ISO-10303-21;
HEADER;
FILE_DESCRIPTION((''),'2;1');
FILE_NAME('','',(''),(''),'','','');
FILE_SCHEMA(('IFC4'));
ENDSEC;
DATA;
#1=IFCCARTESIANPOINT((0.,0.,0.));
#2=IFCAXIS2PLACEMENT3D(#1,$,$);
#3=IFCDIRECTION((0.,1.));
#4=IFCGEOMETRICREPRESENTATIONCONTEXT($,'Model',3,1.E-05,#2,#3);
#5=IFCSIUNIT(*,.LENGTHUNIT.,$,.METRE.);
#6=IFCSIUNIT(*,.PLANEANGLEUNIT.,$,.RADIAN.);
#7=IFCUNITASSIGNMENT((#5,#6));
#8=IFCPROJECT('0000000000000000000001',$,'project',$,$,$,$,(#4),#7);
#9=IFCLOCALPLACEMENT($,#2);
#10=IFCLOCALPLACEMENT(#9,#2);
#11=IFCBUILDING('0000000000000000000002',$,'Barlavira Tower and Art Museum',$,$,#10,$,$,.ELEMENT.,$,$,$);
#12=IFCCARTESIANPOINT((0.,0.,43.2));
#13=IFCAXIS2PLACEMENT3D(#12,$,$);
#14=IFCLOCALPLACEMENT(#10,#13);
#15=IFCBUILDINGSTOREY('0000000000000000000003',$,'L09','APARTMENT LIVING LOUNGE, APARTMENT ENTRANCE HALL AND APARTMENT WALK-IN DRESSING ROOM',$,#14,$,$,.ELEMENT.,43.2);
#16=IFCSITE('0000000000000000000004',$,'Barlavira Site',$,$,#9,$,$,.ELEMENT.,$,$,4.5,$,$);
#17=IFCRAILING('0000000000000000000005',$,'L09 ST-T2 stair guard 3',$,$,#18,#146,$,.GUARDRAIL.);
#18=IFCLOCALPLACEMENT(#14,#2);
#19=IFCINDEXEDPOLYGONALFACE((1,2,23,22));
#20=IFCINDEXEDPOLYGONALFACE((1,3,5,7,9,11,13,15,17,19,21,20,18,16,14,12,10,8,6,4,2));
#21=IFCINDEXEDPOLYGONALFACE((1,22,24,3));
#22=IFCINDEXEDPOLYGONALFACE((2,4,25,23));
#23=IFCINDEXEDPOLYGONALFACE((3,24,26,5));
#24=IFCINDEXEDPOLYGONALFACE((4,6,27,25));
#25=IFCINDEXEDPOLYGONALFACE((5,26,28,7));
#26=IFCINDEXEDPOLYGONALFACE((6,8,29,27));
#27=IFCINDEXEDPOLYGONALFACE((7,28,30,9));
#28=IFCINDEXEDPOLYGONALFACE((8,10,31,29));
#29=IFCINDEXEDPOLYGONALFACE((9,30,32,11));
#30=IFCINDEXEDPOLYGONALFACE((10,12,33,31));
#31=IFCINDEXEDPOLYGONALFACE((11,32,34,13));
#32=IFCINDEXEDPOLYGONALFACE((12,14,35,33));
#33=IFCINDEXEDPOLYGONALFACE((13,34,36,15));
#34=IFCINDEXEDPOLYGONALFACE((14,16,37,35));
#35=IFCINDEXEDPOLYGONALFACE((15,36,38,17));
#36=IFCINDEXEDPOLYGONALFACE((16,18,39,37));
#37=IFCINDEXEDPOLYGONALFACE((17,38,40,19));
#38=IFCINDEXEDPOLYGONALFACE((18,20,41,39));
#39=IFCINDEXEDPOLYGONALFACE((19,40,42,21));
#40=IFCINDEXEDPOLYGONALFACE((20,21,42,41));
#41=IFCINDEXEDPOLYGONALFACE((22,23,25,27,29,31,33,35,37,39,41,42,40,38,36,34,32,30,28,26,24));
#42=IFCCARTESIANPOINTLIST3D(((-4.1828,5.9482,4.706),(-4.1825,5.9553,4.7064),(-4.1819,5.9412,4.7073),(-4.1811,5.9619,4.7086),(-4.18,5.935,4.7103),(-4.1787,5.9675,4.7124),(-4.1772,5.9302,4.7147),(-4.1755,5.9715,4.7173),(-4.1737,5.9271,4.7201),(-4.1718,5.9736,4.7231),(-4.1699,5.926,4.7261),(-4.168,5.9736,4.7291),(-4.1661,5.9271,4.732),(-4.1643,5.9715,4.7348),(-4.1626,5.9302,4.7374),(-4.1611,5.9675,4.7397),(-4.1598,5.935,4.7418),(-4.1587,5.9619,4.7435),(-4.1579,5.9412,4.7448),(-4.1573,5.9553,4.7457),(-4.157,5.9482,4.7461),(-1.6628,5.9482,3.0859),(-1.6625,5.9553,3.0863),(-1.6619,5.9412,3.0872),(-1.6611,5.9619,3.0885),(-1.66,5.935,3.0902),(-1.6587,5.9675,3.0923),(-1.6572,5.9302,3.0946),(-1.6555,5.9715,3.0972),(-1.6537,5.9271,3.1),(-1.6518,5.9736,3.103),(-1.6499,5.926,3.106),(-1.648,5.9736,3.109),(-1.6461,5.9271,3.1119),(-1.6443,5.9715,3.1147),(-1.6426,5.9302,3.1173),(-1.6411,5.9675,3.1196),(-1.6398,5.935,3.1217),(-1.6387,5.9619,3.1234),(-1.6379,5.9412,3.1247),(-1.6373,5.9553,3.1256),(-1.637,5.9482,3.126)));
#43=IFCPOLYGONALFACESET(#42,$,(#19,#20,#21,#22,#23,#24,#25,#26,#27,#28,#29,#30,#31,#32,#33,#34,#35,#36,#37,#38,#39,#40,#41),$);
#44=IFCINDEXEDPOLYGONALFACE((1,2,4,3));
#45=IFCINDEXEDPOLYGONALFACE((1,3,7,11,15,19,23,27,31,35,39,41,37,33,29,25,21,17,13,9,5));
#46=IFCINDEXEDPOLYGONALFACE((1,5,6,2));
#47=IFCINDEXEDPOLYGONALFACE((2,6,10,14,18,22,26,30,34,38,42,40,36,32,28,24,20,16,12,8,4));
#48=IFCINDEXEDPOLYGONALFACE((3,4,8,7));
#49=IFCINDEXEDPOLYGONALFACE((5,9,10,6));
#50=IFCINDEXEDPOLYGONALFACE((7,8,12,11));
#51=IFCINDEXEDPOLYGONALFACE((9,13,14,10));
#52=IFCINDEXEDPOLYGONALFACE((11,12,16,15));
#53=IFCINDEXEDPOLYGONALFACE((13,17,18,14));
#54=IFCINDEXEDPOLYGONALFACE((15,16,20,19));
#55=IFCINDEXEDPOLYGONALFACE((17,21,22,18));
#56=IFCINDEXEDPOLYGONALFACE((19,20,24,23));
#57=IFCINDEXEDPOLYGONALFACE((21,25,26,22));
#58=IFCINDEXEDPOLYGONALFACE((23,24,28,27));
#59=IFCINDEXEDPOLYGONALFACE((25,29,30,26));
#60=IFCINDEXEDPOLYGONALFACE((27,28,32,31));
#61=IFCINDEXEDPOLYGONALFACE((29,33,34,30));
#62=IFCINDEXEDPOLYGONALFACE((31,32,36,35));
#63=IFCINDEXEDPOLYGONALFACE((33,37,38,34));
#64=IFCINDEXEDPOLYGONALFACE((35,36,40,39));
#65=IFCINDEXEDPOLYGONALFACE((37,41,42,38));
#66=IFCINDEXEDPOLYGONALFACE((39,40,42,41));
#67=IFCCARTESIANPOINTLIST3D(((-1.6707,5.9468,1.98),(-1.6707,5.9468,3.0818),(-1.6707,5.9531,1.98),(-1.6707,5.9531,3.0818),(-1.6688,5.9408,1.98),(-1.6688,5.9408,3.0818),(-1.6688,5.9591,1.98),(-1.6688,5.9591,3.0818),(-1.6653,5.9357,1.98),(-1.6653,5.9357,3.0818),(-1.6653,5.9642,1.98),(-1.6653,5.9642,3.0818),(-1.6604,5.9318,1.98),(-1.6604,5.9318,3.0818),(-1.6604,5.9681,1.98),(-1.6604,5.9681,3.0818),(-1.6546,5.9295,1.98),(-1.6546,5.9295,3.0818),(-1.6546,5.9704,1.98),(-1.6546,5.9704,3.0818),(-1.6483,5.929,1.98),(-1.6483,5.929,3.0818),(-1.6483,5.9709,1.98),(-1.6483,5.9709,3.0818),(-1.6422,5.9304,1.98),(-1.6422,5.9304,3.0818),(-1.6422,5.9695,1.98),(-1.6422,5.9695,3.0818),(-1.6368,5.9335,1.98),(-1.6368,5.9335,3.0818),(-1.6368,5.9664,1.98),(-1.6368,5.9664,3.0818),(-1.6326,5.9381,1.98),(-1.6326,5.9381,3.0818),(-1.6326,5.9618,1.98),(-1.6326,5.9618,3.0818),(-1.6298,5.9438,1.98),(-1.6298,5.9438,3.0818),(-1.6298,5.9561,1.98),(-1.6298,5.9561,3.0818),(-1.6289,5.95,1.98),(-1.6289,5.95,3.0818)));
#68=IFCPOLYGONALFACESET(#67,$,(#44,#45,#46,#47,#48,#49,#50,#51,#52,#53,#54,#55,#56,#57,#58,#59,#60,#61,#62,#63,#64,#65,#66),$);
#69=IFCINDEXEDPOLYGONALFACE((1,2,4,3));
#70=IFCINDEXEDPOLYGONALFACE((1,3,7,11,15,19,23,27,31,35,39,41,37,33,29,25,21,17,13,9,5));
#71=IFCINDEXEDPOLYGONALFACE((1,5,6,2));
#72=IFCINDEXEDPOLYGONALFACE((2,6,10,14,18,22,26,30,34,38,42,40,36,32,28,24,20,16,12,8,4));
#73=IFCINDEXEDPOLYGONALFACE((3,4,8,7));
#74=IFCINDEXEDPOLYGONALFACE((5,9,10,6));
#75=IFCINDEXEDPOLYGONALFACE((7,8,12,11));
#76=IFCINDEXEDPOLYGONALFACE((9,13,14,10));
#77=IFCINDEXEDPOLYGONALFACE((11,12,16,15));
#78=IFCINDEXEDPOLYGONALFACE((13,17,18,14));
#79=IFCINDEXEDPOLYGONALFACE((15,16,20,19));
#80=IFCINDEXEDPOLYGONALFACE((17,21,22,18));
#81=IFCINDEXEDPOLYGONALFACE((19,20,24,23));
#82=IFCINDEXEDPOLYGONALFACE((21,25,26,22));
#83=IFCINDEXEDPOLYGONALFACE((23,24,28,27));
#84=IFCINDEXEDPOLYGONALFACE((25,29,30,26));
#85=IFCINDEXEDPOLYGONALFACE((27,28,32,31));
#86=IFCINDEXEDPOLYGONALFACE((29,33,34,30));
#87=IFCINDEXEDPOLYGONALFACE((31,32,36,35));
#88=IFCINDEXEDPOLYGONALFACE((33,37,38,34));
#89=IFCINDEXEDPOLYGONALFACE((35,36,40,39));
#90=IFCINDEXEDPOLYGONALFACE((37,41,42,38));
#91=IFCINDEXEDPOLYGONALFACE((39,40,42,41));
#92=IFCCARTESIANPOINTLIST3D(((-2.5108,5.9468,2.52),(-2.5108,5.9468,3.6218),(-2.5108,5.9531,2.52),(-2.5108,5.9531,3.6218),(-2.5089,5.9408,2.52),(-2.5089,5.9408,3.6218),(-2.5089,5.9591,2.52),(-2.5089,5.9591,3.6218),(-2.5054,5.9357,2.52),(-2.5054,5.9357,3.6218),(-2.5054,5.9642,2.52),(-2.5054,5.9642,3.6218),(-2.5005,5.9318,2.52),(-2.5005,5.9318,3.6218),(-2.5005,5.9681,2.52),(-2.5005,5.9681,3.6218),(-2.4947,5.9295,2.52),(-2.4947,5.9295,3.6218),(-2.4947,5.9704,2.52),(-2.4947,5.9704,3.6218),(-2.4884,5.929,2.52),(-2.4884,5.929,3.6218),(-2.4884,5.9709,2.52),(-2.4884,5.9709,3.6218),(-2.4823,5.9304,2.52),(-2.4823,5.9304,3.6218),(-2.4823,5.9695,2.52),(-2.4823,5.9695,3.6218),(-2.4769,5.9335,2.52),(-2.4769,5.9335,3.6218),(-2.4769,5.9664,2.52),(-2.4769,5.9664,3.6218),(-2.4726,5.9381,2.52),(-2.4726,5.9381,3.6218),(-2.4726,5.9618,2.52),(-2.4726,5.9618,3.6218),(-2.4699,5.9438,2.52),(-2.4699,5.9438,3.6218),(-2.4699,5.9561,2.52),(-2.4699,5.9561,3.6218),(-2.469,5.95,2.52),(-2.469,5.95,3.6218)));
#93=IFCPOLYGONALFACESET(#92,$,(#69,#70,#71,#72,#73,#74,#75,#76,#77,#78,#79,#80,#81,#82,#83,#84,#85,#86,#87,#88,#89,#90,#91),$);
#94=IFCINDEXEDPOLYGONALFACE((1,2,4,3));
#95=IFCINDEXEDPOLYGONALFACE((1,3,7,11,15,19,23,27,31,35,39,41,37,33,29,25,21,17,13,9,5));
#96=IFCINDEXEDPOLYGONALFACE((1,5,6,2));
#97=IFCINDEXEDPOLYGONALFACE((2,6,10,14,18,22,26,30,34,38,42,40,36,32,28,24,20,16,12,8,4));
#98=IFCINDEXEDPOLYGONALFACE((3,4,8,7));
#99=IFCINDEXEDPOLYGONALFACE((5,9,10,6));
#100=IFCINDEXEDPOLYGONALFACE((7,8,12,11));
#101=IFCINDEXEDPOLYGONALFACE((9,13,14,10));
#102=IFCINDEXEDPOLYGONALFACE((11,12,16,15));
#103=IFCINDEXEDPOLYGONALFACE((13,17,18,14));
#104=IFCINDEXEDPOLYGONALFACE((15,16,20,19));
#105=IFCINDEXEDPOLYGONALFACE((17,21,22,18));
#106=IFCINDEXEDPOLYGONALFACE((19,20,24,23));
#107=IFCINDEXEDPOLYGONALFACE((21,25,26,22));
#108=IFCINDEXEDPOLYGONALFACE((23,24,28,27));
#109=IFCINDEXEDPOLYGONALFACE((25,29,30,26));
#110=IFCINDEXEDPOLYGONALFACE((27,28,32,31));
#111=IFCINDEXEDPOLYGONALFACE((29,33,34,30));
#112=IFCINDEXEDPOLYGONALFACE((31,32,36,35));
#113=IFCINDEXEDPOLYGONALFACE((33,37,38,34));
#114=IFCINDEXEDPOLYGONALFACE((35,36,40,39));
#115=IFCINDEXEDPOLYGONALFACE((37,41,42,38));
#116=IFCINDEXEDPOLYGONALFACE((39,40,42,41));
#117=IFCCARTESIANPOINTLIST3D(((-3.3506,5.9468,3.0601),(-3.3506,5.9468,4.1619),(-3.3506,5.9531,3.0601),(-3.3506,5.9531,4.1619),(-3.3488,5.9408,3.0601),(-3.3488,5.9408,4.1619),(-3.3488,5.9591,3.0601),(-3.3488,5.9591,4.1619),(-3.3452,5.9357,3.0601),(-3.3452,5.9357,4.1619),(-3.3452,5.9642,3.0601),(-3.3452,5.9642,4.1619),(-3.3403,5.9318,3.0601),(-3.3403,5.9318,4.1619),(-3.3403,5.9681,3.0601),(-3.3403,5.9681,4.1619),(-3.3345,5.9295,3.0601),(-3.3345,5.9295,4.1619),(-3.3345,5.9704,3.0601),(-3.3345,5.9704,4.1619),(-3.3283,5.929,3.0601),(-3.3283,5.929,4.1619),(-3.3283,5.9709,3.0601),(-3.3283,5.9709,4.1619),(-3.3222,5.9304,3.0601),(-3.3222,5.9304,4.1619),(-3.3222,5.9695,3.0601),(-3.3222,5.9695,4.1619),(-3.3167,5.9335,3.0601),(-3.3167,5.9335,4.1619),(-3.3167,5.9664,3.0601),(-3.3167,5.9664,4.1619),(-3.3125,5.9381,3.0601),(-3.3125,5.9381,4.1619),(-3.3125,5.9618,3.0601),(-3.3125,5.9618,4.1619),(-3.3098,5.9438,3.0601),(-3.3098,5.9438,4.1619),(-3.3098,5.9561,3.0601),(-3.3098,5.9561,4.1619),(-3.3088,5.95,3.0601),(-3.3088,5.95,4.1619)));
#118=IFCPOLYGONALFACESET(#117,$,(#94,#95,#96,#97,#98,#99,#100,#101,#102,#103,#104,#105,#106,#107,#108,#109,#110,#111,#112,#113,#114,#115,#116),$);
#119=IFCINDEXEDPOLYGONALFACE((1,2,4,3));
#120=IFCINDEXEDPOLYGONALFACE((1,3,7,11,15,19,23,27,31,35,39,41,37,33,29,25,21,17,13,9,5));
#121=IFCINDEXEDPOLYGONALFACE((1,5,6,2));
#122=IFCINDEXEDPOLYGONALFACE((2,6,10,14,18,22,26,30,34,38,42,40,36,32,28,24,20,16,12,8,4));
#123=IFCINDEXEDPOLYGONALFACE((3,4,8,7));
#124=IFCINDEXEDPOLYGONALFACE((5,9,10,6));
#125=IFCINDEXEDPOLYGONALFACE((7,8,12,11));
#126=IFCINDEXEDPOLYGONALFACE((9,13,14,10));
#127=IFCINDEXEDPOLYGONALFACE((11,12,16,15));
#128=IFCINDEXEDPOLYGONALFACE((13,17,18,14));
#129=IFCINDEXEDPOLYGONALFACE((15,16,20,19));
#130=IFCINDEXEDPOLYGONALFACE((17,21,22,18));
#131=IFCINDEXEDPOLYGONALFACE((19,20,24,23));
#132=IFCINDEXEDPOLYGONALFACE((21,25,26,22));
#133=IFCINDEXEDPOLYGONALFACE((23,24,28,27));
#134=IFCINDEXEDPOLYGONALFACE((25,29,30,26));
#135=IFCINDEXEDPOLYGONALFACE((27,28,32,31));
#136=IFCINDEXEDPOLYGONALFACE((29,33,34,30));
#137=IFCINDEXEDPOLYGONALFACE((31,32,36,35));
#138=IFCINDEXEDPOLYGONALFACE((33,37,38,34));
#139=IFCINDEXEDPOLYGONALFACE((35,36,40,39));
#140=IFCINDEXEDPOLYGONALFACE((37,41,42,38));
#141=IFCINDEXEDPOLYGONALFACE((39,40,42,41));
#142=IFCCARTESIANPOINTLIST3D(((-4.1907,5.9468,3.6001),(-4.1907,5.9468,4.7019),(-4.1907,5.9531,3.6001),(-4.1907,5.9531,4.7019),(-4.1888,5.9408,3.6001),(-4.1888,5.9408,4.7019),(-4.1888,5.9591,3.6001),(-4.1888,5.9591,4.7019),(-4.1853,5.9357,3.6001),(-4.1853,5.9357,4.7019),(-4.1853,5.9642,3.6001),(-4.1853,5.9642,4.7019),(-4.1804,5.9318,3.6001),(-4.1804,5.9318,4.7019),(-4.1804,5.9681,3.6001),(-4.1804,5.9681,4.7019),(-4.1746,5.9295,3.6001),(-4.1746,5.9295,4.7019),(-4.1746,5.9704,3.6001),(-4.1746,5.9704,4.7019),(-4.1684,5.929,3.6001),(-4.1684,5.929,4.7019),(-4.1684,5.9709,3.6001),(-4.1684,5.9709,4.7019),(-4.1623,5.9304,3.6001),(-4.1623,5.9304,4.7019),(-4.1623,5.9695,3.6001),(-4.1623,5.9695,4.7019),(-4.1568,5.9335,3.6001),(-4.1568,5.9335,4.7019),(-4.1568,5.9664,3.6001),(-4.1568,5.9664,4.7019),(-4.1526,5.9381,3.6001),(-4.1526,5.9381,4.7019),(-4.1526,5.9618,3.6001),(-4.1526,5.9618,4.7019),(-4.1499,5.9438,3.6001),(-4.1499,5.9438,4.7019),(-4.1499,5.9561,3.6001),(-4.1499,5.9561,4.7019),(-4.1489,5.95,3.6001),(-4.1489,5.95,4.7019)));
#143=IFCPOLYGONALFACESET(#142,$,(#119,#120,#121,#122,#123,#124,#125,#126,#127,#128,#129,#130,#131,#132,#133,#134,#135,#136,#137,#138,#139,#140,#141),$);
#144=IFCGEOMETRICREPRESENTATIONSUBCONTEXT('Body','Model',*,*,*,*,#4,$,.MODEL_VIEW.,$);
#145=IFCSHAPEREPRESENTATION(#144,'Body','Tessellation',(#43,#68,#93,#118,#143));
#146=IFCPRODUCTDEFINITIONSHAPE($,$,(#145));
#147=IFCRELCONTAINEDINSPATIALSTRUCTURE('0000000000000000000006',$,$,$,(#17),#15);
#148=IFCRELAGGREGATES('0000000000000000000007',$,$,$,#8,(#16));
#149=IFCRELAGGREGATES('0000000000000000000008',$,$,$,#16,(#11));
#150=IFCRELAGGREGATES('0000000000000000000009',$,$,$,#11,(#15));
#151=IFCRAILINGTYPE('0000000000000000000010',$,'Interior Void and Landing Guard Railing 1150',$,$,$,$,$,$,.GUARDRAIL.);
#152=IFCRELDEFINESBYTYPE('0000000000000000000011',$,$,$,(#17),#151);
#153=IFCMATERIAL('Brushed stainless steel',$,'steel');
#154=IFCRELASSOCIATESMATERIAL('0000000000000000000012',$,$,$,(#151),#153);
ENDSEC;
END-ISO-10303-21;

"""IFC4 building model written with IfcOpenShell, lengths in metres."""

from ifc_helpers import new_model, si_unit, direction, frame, origin, origin_2d, place, context, subcontext, project, spatial, circle, extrude, material, type_object, element, save


model = new_model("IFC4")

# Units and contexts
model_context = context("Model", 3, precision=1e-05, world=origin(), true_north=direction((0.0, 1.0)))
body_context = subcontext(model_context, "Body", "Model", "MODEL_VIEW")
ifc_project = project(units=[si_unit("LENGTHUNIT", "METRE"), si_unit("PLANEANGLEUNIT", "RADIAN")], contexts=[model_context])

# Site, building, storey
site_placement = place(None, origin())
site = spatial("IfcSite", under=ifc_project, at=site_placement, Name="Barlavira Site", CompositionType="ELEMENT", RefElevation=4.5)
building_placement = place(site_placement, origin())
building = spatial("IfcBuilding", under=site, at=building_placement, Name="Barlavira Tower and Art Museum", CompositionType="ELEMENT")
storey_placement = place(building_placement, frame((0.0, 0.0, 43.2)))
storey = spatial("IfcBuildingStorey", under=building, at=storey_placement, Name="L09", Description="APARTMENT LIVING LOUNGE, APARTMENT ENTRANCE HALL AND APARTMENT WALK-IN DRESSING ROOM", CompositionType="ELEMENT", Elevation=43.2)

# Shared definitions
ifc_material_1 = material(Name="Brushed stainless steel", Category="steel")

# Railing
railing_type_1 = type_object("IfcRailingType", Name="Interior Void and Landing Guard Railing 1150", PredefinedType="GUARDRAIL", material=ifc_material_1)
railing_1_placement = place(storey_placement, frame((-1.6499, 5.95, 1.98)))
element("IfcRailing", 1, at=railing_1_placement, inside=storey, type_object=railing_type_1, Name="L09 ST-T2 stair guard 3", PredefinedType="GUARDRAIL", context=body_context, shape_type="SweptSolid", body=[
    extrude(circle(Radius=0.0239, at=origin_2d()), frame((0.0, 0.0, 1.126), z_axis=(-0.841163, 0.0, 0.540782), x_axis=(0.0, -1.0, 0.0)), (0.0, 0.0, 1.0), 2.9958),
    extrude(circle(Radius=0.021, at=origin_2d()), origin(), (0.0, 0.0, 1.0), 1.1018),
    extrude(circle(Radius=0.021, at=origin_2d()), frame((-0.8401, 0.0, 0.54)), (0.0, 0.0, 1.0), 1.1018),
    extrude(circle(Radius=0.021, at=origin_2d()), frame((-1.6799, 0.0, 1.0801)), (0.0, 0.0, 1.0), 1.1018),
    extrude(circle(Radius=0.021, at=origin_2d()), frame((-2.52, 0.0, 1.6201)), (0.0, 0.0, 1.0), 1.1018),
])

save(model, "model.ifc")
